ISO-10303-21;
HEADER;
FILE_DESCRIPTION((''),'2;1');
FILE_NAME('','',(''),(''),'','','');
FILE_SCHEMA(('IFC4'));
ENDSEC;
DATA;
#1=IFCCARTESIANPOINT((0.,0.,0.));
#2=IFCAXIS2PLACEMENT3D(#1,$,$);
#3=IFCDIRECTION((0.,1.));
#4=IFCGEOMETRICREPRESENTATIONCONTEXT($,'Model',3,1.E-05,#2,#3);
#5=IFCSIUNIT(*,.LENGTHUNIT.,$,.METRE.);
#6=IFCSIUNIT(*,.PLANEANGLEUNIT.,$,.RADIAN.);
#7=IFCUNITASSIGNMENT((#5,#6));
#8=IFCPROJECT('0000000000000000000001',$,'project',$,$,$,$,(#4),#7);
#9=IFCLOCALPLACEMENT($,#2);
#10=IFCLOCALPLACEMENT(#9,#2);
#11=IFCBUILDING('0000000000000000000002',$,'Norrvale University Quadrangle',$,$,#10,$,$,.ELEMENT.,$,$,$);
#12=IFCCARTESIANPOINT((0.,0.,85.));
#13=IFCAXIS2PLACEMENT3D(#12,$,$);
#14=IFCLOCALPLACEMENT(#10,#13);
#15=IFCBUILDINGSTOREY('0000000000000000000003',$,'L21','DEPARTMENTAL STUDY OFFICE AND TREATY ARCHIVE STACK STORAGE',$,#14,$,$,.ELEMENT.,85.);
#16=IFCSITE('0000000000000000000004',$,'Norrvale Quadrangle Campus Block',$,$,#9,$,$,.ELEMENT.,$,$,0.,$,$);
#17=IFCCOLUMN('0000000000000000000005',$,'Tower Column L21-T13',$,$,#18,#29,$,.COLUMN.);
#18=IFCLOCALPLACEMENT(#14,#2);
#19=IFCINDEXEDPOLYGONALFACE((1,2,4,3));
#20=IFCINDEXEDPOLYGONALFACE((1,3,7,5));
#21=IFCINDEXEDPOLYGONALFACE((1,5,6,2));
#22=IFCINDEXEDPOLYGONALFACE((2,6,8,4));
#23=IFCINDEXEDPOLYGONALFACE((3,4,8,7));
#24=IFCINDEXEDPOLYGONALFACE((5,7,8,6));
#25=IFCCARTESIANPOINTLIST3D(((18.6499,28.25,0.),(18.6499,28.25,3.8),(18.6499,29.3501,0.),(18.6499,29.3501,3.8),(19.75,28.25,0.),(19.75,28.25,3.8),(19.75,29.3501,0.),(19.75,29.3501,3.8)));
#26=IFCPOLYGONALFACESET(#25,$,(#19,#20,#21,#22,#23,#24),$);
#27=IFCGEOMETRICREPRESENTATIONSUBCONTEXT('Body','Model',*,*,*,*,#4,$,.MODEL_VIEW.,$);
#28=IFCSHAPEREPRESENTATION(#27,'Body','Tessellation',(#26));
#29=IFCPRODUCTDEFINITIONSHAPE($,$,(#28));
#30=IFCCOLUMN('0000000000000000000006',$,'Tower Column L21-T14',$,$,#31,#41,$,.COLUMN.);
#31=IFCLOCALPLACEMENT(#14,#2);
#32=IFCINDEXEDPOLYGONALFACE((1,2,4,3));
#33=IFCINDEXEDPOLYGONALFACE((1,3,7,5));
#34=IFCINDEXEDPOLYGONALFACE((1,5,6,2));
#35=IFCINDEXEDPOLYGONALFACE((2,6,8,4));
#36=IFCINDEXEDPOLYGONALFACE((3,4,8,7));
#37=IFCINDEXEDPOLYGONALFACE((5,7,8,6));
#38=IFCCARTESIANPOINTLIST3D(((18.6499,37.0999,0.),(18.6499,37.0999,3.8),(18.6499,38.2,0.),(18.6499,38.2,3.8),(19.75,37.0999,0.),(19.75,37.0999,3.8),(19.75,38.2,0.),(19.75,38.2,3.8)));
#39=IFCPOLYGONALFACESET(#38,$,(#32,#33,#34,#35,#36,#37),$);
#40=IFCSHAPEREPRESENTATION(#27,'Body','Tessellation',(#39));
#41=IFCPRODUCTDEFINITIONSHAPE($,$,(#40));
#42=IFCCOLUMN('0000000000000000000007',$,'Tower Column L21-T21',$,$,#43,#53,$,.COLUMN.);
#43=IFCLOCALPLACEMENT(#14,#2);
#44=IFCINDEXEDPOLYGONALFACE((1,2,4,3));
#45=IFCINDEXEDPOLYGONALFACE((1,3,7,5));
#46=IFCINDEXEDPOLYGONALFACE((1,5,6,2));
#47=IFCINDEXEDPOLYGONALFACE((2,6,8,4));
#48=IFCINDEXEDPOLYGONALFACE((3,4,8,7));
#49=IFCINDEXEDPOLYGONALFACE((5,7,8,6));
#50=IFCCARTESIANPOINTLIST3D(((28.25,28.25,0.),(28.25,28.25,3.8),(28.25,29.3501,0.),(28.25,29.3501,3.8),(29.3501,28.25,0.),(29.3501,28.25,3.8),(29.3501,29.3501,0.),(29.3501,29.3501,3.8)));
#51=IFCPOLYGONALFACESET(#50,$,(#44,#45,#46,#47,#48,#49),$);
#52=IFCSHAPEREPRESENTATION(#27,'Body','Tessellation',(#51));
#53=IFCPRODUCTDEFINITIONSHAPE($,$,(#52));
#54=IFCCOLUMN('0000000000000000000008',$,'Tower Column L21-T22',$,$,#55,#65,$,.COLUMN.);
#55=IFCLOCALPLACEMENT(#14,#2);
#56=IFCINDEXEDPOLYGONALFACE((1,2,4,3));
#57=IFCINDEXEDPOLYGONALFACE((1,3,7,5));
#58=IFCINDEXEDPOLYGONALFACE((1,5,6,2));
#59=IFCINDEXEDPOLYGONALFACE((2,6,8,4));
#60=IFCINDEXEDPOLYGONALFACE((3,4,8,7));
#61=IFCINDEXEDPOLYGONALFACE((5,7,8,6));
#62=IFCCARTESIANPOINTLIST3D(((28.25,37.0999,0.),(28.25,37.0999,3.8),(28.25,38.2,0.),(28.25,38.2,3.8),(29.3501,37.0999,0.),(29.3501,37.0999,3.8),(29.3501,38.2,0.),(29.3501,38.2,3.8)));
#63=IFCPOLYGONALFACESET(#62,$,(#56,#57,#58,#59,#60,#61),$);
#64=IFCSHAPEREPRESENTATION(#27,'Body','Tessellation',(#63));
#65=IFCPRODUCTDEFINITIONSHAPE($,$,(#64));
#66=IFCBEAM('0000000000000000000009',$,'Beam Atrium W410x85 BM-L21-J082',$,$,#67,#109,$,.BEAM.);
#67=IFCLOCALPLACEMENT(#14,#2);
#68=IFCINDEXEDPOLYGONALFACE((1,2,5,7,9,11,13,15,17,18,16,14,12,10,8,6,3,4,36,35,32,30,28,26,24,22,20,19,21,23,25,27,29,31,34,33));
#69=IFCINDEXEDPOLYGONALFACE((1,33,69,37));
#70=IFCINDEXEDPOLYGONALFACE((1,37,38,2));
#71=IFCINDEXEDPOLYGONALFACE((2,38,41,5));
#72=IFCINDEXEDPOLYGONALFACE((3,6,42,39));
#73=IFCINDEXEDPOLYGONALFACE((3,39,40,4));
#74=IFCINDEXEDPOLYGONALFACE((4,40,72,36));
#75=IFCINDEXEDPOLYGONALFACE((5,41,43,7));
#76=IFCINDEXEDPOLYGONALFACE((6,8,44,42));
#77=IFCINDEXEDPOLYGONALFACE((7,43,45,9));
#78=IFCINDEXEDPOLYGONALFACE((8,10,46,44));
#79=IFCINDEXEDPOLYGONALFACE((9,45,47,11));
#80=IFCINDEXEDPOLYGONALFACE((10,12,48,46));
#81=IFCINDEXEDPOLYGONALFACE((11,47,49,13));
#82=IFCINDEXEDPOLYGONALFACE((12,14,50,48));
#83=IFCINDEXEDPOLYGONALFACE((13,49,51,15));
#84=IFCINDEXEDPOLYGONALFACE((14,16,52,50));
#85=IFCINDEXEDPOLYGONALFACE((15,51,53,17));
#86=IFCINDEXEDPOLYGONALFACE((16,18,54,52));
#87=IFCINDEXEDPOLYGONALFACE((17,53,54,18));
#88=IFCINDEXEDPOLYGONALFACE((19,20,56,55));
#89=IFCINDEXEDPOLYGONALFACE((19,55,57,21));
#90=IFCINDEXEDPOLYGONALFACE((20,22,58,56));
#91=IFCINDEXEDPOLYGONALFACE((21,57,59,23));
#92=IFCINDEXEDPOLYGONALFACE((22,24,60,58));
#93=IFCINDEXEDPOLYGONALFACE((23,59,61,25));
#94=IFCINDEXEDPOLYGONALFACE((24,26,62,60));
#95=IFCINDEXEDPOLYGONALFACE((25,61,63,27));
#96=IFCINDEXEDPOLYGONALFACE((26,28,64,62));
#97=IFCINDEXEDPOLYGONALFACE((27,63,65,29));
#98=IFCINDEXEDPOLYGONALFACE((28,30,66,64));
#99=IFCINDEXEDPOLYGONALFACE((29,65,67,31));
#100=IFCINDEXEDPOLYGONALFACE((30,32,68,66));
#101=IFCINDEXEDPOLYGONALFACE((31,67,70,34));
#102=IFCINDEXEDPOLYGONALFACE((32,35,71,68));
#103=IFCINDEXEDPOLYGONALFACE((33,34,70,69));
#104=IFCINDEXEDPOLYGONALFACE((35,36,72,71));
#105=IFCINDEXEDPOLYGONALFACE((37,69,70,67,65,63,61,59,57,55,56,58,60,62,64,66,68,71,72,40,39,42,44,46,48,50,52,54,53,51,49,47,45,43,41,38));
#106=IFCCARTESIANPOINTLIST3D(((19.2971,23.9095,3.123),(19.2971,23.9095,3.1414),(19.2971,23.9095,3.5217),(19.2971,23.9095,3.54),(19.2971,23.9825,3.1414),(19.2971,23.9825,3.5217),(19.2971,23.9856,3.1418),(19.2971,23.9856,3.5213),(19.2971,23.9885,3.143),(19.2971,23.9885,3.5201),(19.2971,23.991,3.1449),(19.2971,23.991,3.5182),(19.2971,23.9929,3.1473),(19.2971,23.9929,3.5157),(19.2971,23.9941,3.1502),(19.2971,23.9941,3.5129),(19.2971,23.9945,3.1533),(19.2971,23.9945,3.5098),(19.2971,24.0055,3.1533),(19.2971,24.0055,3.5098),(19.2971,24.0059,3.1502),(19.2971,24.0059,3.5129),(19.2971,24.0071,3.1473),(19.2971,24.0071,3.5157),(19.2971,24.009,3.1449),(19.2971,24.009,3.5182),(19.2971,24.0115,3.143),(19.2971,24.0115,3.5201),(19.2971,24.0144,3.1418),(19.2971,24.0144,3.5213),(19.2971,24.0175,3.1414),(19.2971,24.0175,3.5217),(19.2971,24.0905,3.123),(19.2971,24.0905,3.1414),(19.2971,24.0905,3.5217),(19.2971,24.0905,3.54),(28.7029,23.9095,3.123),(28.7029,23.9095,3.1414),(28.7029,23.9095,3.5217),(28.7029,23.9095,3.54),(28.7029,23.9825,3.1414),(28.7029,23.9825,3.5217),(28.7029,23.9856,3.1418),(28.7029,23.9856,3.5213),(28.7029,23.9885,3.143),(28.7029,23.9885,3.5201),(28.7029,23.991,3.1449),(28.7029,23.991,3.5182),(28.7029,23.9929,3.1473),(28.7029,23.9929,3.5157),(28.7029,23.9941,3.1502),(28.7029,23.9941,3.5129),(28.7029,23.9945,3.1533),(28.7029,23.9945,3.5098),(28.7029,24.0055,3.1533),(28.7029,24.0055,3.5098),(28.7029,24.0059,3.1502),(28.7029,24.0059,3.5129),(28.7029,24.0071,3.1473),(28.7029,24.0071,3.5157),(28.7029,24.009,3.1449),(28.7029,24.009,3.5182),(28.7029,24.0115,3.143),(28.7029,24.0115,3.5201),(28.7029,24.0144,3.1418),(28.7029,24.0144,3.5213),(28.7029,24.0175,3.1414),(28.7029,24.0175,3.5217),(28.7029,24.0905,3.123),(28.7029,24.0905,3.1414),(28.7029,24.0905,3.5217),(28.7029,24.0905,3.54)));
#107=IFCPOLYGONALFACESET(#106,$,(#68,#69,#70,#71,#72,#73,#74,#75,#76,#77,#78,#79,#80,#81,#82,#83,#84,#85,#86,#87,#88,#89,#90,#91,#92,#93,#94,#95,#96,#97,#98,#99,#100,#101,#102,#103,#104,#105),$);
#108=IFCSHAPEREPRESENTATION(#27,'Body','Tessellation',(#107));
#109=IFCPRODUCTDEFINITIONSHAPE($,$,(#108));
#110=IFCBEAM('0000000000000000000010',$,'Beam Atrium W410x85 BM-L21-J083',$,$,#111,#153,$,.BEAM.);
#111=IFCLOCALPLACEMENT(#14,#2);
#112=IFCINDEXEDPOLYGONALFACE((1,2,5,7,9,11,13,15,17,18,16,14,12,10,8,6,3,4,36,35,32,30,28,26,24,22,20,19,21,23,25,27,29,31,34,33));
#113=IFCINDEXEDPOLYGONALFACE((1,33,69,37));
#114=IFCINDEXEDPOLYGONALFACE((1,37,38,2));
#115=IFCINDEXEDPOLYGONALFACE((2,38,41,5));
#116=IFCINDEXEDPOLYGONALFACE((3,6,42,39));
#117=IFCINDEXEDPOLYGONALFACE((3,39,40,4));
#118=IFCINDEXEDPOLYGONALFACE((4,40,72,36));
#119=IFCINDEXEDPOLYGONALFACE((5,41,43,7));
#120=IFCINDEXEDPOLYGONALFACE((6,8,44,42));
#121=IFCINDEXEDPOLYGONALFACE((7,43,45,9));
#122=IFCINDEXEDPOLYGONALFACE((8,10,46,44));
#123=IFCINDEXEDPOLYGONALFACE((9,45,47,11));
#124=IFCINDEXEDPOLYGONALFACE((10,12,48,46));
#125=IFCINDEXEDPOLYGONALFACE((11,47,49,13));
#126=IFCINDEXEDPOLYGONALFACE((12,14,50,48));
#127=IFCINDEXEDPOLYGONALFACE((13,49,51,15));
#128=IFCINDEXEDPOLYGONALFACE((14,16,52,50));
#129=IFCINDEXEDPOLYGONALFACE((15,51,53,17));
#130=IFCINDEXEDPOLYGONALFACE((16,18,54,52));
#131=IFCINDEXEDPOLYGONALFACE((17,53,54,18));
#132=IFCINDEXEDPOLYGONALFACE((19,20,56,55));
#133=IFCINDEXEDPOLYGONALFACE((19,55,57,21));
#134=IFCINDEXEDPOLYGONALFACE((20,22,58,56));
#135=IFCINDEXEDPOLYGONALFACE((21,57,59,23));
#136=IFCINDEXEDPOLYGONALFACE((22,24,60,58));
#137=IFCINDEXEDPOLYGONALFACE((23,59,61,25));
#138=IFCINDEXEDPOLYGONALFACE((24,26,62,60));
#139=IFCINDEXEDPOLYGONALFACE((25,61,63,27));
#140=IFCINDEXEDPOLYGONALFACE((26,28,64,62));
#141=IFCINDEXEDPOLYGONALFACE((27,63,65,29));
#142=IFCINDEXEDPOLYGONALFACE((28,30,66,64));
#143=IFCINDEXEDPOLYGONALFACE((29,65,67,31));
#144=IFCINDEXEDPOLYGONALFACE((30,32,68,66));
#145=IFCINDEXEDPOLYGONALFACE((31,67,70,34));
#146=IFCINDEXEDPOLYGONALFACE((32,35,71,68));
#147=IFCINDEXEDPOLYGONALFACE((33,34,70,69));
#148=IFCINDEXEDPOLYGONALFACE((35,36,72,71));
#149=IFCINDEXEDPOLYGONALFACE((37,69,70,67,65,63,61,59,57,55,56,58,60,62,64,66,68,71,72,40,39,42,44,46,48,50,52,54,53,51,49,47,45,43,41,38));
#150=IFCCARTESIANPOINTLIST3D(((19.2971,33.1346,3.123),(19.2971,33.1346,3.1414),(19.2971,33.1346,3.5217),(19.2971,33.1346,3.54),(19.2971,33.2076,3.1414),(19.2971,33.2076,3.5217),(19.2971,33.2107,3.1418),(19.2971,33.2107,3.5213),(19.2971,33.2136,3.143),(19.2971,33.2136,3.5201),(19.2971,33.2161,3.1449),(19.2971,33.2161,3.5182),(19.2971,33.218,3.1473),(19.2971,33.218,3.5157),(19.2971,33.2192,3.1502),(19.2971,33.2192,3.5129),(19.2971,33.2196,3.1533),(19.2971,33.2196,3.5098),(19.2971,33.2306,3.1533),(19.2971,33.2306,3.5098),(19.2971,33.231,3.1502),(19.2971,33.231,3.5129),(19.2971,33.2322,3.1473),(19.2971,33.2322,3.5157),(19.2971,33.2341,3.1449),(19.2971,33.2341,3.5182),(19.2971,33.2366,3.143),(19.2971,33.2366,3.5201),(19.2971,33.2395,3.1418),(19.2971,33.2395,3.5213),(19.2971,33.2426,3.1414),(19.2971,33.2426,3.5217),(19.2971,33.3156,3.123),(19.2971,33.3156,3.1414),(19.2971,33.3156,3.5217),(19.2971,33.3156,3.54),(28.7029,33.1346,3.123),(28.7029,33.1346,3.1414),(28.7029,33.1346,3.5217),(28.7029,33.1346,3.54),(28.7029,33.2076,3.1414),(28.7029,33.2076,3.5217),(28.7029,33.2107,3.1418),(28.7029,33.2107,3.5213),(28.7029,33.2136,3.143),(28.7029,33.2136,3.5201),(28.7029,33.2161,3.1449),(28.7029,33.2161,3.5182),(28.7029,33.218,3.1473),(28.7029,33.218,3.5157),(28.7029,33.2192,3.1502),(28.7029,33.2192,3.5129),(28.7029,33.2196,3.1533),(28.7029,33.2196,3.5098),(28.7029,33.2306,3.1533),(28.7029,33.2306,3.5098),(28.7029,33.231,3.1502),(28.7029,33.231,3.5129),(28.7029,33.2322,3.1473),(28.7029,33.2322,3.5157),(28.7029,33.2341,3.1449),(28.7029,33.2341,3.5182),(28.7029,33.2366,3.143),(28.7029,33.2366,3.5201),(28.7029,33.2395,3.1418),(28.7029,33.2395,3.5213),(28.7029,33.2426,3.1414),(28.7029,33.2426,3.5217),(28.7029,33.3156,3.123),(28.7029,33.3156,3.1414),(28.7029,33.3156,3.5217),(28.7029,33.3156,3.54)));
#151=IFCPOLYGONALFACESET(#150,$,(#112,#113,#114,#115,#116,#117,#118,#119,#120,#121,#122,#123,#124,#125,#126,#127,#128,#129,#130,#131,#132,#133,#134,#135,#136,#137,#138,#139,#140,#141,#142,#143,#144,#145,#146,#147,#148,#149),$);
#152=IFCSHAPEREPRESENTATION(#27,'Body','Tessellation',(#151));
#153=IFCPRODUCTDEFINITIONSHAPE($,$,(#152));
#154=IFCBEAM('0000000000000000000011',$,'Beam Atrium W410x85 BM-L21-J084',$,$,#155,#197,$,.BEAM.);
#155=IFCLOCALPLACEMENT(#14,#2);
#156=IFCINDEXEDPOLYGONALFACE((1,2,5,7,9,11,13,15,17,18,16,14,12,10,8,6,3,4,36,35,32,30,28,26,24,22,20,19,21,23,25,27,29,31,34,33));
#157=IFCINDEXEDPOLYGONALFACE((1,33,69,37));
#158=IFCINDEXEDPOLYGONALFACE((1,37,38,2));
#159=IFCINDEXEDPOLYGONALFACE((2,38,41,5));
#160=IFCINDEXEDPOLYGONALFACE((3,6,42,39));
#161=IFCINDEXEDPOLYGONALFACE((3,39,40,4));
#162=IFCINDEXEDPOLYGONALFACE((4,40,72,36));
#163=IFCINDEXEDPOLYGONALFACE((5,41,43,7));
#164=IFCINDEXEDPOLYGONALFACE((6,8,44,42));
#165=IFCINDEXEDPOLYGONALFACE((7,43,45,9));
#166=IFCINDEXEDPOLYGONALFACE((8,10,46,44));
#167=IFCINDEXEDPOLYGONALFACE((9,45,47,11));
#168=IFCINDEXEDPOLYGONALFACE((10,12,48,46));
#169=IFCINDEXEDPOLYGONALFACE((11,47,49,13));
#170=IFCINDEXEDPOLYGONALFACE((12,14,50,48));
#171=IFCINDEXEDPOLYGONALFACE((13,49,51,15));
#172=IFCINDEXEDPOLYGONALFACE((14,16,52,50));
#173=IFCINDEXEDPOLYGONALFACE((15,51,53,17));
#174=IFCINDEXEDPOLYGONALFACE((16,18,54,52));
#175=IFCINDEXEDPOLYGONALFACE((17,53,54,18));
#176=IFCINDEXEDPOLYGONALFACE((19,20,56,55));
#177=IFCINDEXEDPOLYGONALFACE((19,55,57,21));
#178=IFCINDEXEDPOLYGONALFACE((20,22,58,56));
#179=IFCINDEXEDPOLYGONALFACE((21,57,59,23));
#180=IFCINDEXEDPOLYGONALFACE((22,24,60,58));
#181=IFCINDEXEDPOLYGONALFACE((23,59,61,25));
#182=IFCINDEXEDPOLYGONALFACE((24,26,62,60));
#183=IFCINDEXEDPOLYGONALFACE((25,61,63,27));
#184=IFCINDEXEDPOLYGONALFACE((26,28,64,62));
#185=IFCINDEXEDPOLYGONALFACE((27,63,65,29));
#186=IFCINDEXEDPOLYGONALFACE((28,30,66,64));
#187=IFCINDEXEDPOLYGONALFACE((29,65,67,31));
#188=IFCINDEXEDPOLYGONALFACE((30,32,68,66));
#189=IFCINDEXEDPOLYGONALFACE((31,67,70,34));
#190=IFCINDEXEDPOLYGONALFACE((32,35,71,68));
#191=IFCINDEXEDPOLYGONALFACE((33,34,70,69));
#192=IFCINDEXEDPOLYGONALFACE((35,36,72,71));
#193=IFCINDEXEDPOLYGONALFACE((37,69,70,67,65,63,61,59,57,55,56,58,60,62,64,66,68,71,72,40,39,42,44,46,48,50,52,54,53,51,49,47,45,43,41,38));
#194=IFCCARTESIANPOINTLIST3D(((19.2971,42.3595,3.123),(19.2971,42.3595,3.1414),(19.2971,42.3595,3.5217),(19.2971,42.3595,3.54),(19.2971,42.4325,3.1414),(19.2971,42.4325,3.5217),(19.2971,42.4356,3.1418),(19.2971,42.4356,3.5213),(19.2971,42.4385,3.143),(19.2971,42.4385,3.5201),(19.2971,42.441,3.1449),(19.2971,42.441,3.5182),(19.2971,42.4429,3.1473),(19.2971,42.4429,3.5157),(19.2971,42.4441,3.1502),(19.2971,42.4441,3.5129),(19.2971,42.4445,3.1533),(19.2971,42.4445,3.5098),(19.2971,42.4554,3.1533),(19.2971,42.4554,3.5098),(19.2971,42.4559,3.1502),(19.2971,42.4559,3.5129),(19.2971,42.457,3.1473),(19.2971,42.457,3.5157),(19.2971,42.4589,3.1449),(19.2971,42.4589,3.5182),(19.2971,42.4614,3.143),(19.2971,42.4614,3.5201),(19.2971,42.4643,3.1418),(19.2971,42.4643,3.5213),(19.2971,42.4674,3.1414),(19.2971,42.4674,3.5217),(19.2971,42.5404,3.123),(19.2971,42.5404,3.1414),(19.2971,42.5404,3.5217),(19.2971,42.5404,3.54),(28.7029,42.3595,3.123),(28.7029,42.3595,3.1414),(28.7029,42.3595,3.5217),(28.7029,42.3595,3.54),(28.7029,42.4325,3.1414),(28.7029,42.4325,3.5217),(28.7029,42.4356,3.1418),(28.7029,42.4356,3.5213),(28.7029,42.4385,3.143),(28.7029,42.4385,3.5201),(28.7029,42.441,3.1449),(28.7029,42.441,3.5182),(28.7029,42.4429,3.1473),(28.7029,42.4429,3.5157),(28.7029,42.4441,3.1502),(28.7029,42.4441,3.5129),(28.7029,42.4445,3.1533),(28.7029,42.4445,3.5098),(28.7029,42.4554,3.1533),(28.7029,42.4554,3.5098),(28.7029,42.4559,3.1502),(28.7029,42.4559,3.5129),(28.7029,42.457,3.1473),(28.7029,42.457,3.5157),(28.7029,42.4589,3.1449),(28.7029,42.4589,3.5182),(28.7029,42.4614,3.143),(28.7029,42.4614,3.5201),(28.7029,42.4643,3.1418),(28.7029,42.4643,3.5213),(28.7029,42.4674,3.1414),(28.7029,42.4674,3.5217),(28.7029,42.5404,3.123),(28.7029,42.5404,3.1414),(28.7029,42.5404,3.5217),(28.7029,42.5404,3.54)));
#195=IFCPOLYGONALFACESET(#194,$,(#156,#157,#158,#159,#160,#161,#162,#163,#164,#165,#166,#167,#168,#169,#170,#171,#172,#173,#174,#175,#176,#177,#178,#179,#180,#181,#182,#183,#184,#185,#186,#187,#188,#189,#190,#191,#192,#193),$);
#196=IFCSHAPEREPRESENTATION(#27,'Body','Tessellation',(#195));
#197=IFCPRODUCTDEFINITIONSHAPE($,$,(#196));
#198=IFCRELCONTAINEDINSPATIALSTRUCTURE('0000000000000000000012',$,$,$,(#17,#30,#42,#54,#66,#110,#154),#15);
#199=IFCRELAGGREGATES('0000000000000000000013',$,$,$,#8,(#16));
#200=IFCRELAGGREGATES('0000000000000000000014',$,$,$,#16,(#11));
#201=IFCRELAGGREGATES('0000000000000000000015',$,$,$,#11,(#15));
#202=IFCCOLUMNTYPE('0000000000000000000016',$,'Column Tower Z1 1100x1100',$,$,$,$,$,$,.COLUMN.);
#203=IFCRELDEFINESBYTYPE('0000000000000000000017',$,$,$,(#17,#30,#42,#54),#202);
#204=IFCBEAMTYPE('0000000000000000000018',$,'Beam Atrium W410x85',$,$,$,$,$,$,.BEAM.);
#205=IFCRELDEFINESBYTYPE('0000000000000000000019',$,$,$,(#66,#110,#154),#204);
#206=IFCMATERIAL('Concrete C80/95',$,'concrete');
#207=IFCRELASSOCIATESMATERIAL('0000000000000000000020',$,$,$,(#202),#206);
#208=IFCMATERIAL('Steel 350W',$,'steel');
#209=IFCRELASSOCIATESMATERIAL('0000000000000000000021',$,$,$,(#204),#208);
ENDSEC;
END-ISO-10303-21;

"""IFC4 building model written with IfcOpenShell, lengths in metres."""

from ifc_helpers import new_model, si_unit, direction, frame, origin, origin_2d, place, context, subcontext, project, spatial, rectangle, i_section, extrude, material, material_profile, profile_set, type_object, element, save


model = new_model("IFC4")

# Units and contexts
model_context = context("Model", 3, precision=1e-05, world=origin(), true_north=direction((0.0, 1.0)))
body_context = subcontext(model_context, "Body", "Model", "MODEL_VIEW")
ifc_project = project(units=[si_unit("LENGTHUNIT", "METRE"), si_unit("PLANEANGLEUNIT", "RADIAN")], contexts=[model_context])

# Site, building, storey
site_placement = place(None, origin())
site = spatial("IfcSite", under=ifc_project, at=site_placement, Name="Norrvale Quadrangle Campus Block", CompositionType="ELEMENT", RefElevation=0.0)
building_placement = place(site_placement, origin())
building = spatial("IfcBuilding", under=site, at=building_placement, Name="Norrvale University Quadrangle", CompositionType="ELEMENT")
storey_placement = place(building_placement, frame((0.0, 0.0, 85.0)))
storey = spatial("IfcBuildingStorey", under=building, at=storey_placement, Name="L21", Description="DEPARTMENTAL STUDY OFFICE AND TREATY ARCHIVE STACK STORAGE", CompositionType="ELEMENT", Elevation=85.0)

# Columns
ifc_material_1 = material(Name="Concrete C80/95", Category="concrete")
ifc_material_profile_1 = material_profile(ifc_material_1, rectangle(XDim=1.1001, YDim=1.1001, at=origin_2d()), Name="Concrete C80/95")
ifc_profile_set_1 = profile_set([ifc_material_profile_1], Name="Concrete C80/95")
column_type = type_object("IfcColumnType", Name="Column Tower Z1 1100x1100", PredefinedType="COLUMN", material=ifc_profile_set_1)
for number, where, z_axis, x_axis, name in (
    (1, (19.2, 28.8, 0.0), (0.0, 0.0, 1.0), (1.0, 0.0, 0.0), "Tower Column L21-T13"),
    (2, (19.2, 37.6499, 0.0), (0.0, 0.0, 1.0), (1.0, 0.0, 0.0), "Tower Column L21-T14"),
    (3, (28.8, 28.8, 0.0), (0.0, 0.0, 1.0), (1.0, 0.0, 0.0), "Tower Column L21-T21"),
    (4, (28.8, 37.6499, 0.0), (0.0, 0.0, 1.0), (1.0, 0.0, 0.0), "Tower Column L21-T22"),
):
    element("IfcColumn", number, at=place(storey_placement, frame(where, z_axis=z_axis, x_axis=x_axis)), inside=storey, type_object=column_type, Name=name, PredefinedType="COLUMN", context=body_context, shape_type="SweptSolid", body=[
        extrude(rectangle(XDim=1.1001, YDim=1.1001, at=origin_2d()), origin(), (0.0, 0.0, 1.0), 3.8),
    ])

# Beams
ifc_material_2 = material(Name="Steel 350W", Category="steel")
ifc_material_profile_2 = material_profile(ifc_material_2, i_section(OverallWidth=0.1809, OverallDepth=0.417, WebThickness=0.011, FlangeThickness=0.0183, FilletRadius=0.012, at=origin_2d()), Name="Steel 350W")
ifc_profile_set_2 = profile_set([ifc_material_profile_2], Name="Steel 350W")
beam_type_1 = type_object("IfcBeamType", Name="Beam Atrium W410x85", PredefinedType="BEAM", material=ifc_profile_set_2)
for number, where, z_axis, x_axis, name in (
    (5, (19.2971, 24.0, 3.3315), (1.0, 0.0, 0.0), (0.0, 1.0, 0.0), "Beam Atrium W410x85 BM-L21-J082"),
    (6, (19.2971, 33.2251, 3.3315), (1.0, 0.0, 0.0), (0.0, 1.0, 0.0), "Beam Atrium W410x85 BM-L21-J083"),
    (7, (19.2971, 42.45, 3.3315), (1.0, 0.0, 0.0), (0.0, 1.0, 0.0), "Beam Atrium W410x85 BM-L21-J084"),
):
    element("IfcBeam", number, at=place(storey_placement, frame(where, z_axis=z_axis, x_axis=x_axis)), inside=storey, type_object=beam_type_1, Name=name, PredefinedType="BEAM", context=body_context, shape_type="SweptSolid", body=[
        extrude(i_section(OverallWidth=0.1809, OverallDepth=0.417, WebThickness=0.011, FlangeThickness=0.0183, FilletRadius=0.012, at=origin_2d()), origin(), (0.0, 0.0, 1.0), 9.4058),
    ])

save(model, "model.ifc")
